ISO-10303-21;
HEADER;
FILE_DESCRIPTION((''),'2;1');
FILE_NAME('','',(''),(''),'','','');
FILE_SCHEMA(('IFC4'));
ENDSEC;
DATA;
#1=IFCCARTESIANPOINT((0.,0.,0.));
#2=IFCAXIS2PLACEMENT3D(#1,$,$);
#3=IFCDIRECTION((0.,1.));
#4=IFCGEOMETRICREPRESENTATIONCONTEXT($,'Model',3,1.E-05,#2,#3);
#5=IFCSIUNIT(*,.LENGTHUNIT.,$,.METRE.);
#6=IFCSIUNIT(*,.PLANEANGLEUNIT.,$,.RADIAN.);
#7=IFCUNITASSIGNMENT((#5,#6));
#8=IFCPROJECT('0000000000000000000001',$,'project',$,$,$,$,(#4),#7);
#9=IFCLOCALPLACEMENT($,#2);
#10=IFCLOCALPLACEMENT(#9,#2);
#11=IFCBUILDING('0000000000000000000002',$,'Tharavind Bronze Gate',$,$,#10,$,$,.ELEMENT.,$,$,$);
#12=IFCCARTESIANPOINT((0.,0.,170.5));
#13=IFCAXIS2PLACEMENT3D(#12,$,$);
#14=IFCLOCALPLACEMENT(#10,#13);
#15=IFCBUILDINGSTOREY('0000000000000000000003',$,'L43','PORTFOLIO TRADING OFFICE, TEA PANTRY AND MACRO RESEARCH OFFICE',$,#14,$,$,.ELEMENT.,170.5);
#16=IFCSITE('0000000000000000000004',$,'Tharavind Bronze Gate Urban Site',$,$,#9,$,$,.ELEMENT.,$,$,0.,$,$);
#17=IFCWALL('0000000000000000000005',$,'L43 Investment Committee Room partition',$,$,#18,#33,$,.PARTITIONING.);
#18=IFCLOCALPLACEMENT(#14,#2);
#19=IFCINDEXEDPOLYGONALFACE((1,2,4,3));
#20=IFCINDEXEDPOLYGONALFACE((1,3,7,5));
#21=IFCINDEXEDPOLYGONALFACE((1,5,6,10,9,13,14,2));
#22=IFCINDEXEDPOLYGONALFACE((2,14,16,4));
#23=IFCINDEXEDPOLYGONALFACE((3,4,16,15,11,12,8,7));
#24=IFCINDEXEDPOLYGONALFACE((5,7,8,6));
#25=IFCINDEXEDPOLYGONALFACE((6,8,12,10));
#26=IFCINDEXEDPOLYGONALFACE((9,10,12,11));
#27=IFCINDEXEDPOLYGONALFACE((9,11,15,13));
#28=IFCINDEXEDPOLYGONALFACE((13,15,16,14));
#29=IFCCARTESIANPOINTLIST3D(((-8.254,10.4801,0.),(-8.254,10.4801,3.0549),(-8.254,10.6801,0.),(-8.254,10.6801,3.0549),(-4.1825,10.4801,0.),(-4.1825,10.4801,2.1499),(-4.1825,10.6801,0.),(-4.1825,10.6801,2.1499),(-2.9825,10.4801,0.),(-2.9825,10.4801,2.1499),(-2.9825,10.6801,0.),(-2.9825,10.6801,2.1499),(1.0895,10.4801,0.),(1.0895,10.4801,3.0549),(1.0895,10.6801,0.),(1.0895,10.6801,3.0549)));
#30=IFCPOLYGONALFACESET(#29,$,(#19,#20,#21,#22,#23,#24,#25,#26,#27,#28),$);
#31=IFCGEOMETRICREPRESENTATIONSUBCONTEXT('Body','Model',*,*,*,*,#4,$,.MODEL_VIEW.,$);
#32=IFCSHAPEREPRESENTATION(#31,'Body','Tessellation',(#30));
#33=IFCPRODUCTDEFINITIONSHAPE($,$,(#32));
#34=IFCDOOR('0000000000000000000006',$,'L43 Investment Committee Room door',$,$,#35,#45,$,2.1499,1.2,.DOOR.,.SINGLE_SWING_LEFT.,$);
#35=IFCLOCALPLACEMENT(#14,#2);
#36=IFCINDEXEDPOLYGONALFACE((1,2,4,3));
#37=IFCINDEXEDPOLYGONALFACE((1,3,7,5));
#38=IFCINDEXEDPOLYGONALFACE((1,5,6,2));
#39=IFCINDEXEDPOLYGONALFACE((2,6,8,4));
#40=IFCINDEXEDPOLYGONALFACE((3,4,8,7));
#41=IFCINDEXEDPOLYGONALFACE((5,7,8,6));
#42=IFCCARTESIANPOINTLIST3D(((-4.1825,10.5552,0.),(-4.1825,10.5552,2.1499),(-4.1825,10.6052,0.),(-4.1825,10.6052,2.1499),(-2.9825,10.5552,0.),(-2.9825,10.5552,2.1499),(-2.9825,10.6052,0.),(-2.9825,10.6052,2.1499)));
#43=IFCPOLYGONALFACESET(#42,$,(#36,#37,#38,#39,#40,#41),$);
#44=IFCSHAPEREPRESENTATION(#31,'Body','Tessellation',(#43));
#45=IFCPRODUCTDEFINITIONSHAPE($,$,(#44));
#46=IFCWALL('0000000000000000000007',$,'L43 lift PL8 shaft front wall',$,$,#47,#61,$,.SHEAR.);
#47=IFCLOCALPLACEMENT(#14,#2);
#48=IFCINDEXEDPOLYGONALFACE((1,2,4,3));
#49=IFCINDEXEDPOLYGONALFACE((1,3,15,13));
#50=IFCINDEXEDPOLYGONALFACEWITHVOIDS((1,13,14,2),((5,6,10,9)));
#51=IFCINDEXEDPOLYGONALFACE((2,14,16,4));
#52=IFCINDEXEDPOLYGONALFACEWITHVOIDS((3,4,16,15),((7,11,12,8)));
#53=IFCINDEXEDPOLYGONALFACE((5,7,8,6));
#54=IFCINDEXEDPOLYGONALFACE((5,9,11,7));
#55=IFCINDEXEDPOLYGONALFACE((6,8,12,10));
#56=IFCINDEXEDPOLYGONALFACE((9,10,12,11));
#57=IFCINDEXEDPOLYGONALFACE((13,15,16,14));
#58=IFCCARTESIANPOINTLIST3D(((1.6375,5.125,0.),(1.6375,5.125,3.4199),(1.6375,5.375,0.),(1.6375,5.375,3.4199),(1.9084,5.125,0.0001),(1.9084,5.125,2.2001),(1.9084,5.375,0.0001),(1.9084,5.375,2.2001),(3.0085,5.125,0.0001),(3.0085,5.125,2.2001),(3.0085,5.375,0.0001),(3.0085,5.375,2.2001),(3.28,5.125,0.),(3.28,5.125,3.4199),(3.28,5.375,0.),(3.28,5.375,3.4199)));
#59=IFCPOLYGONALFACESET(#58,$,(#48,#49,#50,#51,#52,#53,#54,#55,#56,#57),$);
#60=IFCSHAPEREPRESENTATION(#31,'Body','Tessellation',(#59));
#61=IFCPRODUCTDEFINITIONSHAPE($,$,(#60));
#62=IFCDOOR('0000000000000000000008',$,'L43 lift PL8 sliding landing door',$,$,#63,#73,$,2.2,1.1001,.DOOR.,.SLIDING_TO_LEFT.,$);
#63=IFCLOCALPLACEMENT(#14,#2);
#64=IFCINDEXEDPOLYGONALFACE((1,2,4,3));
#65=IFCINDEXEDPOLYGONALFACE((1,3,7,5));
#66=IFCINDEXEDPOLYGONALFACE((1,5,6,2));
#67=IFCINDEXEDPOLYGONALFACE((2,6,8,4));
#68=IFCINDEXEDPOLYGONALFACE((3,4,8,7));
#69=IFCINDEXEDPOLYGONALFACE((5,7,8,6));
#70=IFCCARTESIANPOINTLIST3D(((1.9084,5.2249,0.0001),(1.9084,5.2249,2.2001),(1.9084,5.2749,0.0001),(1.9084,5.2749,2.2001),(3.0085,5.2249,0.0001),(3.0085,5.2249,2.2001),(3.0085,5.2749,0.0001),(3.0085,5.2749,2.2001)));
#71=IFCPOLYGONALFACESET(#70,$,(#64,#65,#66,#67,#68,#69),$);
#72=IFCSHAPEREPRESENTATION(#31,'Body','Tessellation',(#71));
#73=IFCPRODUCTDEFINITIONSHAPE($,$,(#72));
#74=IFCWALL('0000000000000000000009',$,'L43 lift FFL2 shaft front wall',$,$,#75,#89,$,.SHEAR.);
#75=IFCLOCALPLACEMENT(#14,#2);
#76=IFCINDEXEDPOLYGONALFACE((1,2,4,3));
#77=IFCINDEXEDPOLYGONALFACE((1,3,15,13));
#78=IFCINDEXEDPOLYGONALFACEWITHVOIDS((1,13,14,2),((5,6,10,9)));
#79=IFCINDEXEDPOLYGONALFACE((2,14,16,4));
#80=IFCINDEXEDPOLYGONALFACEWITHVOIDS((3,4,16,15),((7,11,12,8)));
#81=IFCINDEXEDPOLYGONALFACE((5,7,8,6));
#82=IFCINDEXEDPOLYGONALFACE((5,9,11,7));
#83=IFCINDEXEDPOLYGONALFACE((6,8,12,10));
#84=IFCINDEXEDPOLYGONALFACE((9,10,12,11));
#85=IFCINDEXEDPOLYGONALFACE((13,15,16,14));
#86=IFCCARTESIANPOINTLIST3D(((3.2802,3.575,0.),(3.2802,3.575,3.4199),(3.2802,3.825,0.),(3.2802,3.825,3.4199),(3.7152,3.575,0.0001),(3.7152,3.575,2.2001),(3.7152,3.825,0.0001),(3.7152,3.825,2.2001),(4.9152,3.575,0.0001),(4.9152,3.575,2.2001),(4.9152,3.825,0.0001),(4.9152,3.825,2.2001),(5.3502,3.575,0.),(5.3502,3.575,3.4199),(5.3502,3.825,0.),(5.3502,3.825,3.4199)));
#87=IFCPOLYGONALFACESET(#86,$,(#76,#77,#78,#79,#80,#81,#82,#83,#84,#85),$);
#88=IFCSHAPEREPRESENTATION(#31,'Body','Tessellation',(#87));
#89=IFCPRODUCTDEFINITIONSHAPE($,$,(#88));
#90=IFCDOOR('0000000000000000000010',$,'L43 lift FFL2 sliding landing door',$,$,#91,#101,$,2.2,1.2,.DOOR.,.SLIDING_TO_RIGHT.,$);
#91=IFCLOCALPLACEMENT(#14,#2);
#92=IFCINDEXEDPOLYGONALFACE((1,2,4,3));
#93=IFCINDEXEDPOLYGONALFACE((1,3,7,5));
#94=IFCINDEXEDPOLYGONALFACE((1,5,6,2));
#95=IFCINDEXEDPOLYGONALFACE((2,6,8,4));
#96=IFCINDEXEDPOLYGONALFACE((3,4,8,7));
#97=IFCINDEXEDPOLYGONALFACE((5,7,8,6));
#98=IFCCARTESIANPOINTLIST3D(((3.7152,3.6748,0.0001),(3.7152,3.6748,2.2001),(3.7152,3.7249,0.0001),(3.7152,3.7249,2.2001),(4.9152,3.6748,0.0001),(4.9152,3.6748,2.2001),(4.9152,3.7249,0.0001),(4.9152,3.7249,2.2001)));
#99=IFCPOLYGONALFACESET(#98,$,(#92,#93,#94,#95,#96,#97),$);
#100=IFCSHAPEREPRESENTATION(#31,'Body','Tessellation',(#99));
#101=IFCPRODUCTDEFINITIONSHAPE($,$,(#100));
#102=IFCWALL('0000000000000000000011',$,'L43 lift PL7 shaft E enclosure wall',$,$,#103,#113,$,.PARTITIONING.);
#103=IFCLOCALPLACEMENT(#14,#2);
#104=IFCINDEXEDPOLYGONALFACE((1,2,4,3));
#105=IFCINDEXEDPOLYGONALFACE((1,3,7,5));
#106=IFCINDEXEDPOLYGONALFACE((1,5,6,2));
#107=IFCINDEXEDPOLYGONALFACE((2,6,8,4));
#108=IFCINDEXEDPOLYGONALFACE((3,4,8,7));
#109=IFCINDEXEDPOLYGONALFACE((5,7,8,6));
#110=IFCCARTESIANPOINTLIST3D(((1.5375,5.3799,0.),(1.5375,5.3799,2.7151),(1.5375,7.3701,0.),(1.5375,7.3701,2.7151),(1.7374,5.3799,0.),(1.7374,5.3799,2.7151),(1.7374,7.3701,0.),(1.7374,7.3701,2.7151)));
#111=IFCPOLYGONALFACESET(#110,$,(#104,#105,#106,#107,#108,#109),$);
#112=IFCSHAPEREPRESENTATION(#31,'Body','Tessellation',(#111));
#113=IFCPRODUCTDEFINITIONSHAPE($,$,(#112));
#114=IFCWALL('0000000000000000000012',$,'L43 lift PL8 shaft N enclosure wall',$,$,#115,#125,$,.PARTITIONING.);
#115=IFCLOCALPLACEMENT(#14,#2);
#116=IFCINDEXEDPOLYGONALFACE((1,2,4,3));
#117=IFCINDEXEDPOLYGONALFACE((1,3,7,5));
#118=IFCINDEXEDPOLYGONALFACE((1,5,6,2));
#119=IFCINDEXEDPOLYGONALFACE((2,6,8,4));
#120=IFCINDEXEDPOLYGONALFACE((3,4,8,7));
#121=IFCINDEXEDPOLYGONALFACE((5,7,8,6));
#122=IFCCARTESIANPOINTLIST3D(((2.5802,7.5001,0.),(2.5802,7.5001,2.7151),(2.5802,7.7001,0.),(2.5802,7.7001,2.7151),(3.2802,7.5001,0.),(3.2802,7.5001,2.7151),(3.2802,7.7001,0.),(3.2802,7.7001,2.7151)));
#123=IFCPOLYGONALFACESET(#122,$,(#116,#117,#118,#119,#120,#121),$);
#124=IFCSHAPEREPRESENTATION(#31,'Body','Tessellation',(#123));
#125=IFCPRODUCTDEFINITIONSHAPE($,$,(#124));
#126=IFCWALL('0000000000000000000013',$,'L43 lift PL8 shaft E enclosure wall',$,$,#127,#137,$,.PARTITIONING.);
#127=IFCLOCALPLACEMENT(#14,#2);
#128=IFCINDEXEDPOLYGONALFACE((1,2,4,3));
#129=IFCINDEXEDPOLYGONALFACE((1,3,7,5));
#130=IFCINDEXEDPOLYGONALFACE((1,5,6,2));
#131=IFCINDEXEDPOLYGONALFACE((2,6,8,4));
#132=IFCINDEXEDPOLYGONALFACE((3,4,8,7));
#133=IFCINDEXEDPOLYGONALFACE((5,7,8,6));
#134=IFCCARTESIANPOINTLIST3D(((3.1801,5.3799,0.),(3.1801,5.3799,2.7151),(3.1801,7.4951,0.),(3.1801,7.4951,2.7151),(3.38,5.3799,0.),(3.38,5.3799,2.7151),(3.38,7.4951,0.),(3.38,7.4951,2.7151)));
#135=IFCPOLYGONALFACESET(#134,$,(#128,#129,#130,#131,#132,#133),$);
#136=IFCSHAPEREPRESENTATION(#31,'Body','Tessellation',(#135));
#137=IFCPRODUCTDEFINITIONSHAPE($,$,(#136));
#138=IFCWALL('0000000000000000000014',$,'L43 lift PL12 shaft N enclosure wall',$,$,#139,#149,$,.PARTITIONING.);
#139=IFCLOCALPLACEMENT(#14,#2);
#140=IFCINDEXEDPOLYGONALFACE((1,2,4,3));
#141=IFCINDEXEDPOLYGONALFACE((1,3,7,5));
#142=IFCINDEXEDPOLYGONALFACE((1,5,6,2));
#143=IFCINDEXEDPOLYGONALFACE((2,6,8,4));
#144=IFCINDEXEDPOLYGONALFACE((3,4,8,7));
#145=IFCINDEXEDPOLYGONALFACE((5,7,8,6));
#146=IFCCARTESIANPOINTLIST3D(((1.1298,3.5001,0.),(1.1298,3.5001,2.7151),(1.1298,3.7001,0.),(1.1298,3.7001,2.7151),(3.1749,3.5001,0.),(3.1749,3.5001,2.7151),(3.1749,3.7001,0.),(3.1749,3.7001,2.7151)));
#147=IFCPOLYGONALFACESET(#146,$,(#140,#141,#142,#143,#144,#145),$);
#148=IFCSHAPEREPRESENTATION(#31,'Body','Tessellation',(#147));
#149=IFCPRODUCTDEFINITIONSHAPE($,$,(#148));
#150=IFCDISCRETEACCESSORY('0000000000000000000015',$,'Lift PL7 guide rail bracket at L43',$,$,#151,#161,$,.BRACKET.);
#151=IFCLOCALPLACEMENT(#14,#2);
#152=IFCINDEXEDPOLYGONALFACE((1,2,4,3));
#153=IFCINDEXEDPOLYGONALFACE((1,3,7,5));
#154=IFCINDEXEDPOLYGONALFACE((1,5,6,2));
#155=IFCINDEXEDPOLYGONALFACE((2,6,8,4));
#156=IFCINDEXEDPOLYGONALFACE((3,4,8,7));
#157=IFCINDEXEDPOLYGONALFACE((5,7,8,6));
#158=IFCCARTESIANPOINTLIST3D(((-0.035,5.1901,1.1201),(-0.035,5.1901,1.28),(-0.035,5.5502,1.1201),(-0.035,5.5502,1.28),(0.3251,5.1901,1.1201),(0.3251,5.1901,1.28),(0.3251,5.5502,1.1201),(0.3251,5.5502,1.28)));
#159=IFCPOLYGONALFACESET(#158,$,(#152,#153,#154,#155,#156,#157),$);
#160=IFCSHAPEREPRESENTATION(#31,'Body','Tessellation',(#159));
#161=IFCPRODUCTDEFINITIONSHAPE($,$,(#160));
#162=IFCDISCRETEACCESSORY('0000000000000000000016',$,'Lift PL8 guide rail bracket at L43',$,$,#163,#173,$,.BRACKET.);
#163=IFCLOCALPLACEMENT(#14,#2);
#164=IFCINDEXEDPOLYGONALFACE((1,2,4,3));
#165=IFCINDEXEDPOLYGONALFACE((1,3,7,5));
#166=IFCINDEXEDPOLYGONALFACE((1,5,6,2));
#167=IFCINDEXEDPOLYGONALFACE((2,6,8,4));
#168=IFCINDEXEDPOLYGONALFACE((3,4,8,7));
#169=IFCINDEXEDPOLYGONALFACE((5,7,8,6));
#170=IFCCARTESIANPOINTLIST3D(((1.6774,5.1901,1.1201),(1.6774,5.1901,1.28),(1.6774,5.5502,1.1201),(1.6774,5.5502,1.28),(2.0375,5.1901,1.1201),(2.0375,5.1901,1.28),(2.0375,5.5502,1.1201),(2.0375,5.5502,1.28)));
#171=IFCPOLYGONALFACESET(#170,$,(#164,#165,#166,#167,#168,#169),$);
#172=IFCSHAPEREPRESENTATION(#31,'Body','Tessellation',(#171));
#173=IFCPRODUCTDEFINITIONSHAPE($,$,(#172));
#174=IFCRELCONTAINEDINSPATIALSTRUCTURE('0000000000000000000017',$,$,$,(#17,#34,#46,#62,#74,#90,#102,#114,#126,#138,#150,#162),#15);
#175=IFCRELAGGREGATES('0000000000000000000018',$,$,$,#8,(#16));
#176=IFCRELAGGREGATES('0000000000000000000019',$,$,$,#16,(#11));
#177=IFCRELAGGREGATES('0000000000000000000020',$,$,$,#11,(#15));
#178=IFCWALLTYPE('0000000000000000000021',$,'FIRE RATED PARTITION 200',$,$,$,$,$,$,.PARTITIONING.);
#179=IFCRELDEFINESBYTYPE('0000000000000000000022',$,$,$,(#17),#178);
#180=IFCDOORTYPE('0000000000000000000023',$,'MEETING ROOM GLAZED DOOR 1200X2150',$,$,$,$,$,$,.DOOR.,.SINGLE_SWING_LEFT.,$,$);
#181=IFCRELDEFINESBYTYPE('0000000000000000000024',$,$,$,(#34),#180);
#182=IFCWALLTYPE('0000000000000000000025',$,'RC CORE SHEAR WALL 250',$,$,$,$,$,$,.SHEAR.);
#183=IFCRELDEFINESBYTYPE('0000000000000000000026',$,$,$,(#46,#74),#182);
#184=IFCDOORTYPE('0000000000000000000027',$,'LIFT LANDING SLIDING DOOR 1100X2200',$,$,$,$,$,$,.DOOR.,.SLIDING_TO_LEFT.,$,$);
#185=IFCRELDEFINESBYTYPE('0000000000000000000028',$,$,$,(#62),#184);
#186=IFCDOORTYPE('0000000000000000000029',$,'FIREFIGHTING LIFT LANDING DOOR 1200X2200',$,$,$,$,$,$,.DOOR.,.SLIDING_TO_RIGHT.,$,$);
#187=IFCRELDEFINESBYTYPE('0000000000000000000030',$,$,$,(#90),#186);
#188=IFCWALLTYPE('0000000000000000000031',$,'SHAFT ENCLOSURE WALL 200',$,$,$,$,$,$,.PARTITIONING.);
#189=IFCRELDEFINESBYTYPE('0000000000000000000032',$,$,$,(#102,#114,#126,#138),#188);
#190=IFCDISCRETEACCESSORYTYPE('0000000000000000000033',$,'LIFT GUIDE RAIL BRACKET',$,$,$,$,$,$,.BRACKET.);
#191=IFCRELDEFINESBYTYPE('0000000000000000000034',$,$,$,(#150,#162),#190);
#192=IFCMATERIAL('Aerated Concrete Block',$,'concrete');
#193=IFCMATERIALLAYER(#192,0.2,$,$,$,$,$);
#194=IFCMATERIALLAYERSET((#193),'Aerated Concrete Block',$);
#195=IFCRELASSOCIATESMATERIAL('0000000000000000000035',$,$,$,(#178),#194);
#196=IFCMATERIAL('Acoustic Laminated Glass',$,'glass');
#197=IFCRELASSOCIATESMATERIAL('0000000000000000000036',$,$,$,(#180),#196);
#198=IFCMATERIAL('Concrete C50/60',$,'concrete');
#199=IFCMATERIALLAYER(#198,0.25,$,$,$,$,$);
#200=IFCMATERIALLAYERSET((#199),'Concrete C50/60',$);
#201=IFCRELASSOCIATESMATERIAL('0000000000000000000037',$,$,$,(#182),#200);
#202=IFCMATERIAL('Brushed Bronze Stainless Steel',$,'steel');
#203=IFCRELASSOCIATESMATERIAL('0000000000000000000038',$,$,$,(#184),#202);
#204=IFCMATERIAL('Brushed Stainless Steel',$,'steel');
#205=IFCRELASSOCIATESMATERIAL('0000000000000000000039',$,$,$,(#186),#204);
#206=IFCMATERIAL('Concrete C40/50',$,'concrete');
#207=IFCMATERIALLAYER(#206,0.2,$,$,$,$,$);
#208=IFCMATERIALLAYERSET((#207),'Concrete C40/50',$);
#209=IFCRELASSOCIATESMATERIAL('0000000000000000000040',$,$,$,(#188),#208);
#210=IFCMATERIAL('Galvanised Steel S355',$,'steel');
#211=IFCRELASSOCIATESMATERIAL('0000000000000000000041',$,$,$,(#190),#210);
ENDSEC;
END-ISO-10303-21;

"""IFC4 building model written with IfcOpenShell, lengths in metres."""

from ifc_helpers import new_model, si_unit, direction, frame, frame_2d, origin, origin_2d, place, context, subcontext, project, spatial, rectangle, extrude, material, layer, layer_set, type_object, element, fill, save


model = new_model("IFC4")

# Units and contexts
model_context = context("Model", 3, precision=1e-05, world=origin(), true_north=direction((0.0, 1.0)))
body_context = subcontext(model_context, "Body", "Model", "MODEL_VIEW")
ifc_project = project(units=[si_unit("LENGTHUNIT", "METRE"), si_unit("PLANEANGLEUNIT", "RADIAN")], contexts=[model_context])

# Site, building, storey
site_placement = place(None, origin())
site = spatial("IfcSite", under=ifc_project, at=site_placement, Name="Tharavind Bronze Gate Urban Site", CompositionType="ELEMENT", RefElevation=0.0)
building_placement = place(site_placement, origin())
building = spatial("IfcBuilding", under=site, at=building_placement, Name="Tharavind Bronze Gate", CompositionType="ELEMENT")
storey_placement = place(building_placement, frame((0.0, 0.0, 170.5)))
storey = spatial("IfcBuildingStorey", under=building, at=storey_placement, Name="L43", Description="PORTFOLIO TRADING OFFICE, TEA PANTRY AND MACRO RESEARCH OFFICE", CompositionType="ELEMENT", Elevation=170.5)

# Shared definitions
ifc_material_1 = material(Name="Aerated Concrete Block", Category="concrete")
ifc_layer_1 = layer(ifc_material_1, 0.2)
ifc_layer_set_1 = layer_set([ifc_layer_1], Name="Aerated Concrete Block")
wall_type_1 = type_object("IfcWallType", Name="FIRE RATED PARTITION 200", PredefinedType="PARTITIONING", material=ifc_layer_set_1)

# Walls, openings, doors
wall_1_placement = place(storey_placement, frame((1.0896, 10.5801, 0.0), z_axis=(0.0, 0.0, 1.0), x_axis=(-1.0, 0.0, 0.0)))
wall_1 = element("IfcWall", 1, at=wall_1_placement, inside=storey, type_object=wall_type_1, Name="L43 Investment Committee Room partition", PredefinedType="PARTITIONING", context=body_context, shape_type="SweptSolid", body=[
    extrude(rectangle(XDim=9.3435, YDim=0.2, at=frame_2d((4.6719, 0.0))), origin(), (0.0, 0.0, 1.0), 3.0549),
])
opening_1_placement = place(wall_1_placement, frame((4.072, 0.0, 0.0)))
opening_1 = element("IfcOpeningElement", 2, at=opening_1_placement, cuts=wall_1, PredefinedType="OPENING", context=body_context, shape_type="SweptSolid", body=[
    extrude(rectangle(XDim=1.2, YDim=2.1499, at=frame_2d((0.6001, 1.075))), frame((0.0, 0.1101, 0.0), z_axis=(0.0, -1.0, 0.0), x_axis=(1.0, 0.0, 0.0)), (0.0, 0.0, 1.0), 0.22),
])
ifc_material_2 = material(Name="Acoustic Laminated Glass", Category="glass")
door_type_1 = type_object("IfcDoorType", Name="MEETING ROOM GLAZED DOOR 1200X2150", OperationType="SINGLE_SWING_LEFT", PredefinedType="DOOR", material=ifc_material_2)
door_1_placement = place(opening_1_placement, origin())
door_1 = element("IfcDoor", 3, at=door_1_placement, inside=storey, type_object=door_type_1, Name="L43 Investment Committee Room door", OperationType="SINGLE_SWING_LEFT", OverallHeight=2.1499, OverallWidth=1.2, PredefinedType="DOOR", context=body_context, shape_type="SweptSolid", body=[
    extrude(rectangle(XDim=1.2, YDim=2.1499, at=frame_2d((0.6001, 1.075))), frame((0.0, 0.0249, 0.0), z_axis=(0.0, -1.0, 0.0), x_axis=(1.0, 0.0, 0.0)), (0.0, 0.0, 1.0), 0.05),
])
fill(opening_1, door_1)
ifc_material_3 = material(Name="Concrete C50/60", Category="concrete")
ifc_layer_2 = layer(ifc_material_3, 0.25)
ifc_layer_set_2 = layer_set([ifc_layer_2], Name="Concrete C50/60")
wall_type_2 = type_object("IfcWallType", Name="RC CORE SHEAR WALL 250", PredefinedType="SHEAR", material=ifc_layer_set_2)
wall_2_placement = place(storey_placement, frame((1.6375, 5.25, 0.0), z_axis=(0.0, 0.0, 1.0), x_axis=(1.0, 0.0, 0.0)))
wall_2 = element("IfcWall", 4, at=wall_2_placement, inside=storey, type_object=wall_type_2, Name="L43 lift PL8 shaft front wall", PredefinedType="SHEAR", context=body_context, shape_type="SweptSolid", body=[
    extrude(rectangle(XDim=1.6426, YDim=0.25, at=frame_2d((0.8213, 0.0))), origin(), (0.0, 0.0, 1.0), 3.4199),
])
opening_2_placement = place(wall_2_placement, frame((0.271, 0.0, 0.0)))
opening_2 = element("IfcOpeningElement", 5, at=opening_2_placement, cuts=wall_2, PredefinedType="OPENING", context=body_context, shape_type="SweptSolid", body=[
    extrude(rectangle(XDim=1.1001, YDim=2.2, at=frame_2d((0.55, 1.1001))), frame((0.0, 0.135, 0.0), z_axis=(0.0, -1.0, 0.0), x_axis=(1.0, 0.0, 0.0)), (0.0, 0.0, 1.0), 0.27),
])
ifc_material_4 = material(Name="Brushed Bronze Stainless Steel", Category="steel")
door_type_2 = type_object("IfcDoorType", Name="LIFT LANDING SLIDING DOOR 1100X2200", OperationType="SLIDING_TO_LEFT", PredefinedType="DOOR", material=ifc_material_4)
door_2_placement = place(opening_2_placement, origin())
door_2 = element("IfcDoor", 6, at=door_2_placement, inside=storey, type_object=door_type_2, Name="L43 lift PL8 sliding landing door", OperationType="SLIDING_TO_LEFT", OverallHeight=2.2, OverallWidth=1.1001, PredefinedType="DOOR", context=body_context, shape_type="SweptSolid", body=[
    extrude(rectangle(XDim=1.1001, YDim=2.2, at=frame_2d((0.55, 1.1001))), frame((0.0, 0.0249, 0.0), z_axis=(0.0, -1.0, 0.0), x_axis=(1.0, 0.0, 0.0)), (0.0, 0.0, 1.0), 0.05),
])
fill(opening_2, door_2)
wall_3_placement = place(storey_placement, frame((3.28, 3.7, 0.0), z_axis=(0.0, 0.0, 1.0), x_axis=(1.0, 0.0, 0.0)))
wall_3 = element("IfcWall", 7, at=wall_3_placement, inside=storey, type_object=wall_type_2, Name="L43 lift FFL2 shaft front wall", PredefinedType="SHEAR", context=body_context, shape_type="SweptSolid", body=[
    extrude(rectangle(XDim=2.0701, YDim=0.25, at=frame_2d((1.0352, 0.0))), origin(), (0.0, 0.0, 1.0), 3.4199),
])
opening_3_placement = place(wall_3_placement, frame((0.4351, 0.0, 0.0)))
opening_3 = element("IfcOpeningElement", 8, at=opening_3_placement, cuts=wall_3, PredefinedType="OPENING", context=body_context, shape_type="SweptSolid", body=[
    extrude(rectangle(XDim=1.2, YDim=2.2, at=frame_2d((0.6001, 1.1001))), frame((0.0, 0.135, 0.0), z_axis=(0.0, -1.0, 0.0), x_axis=(1.0, 0.0, 0.0)), (0.0, 0.0, 1.0), 0.27),
])
ifc_material_5 = material(Name="Brushed Stainless Steel", Category="steel")
door_type_3 = type_object("IfcDoorType", Name="FIREFIGHTING LIFT LANDING DOOR 1200X2200", OperationType="SLIDING_TO_RIGHT", PredefinedType="DOOR", material=ifc_material_5)
door_3_placement = place(opening_3_placement, origin())
door_3 = element("IfcDoor", 9, at=door_3_placement, inside=storey, type_object=door_type_3, Name="L43 lift FFL2 sliding landing door", OperationType="SLIDING_TO_RIGHT", OverallHeight=2.2, OverallWidth=1.2, PredefinedType="DOOR", context=body_context, shape_type="SweptSolid", body=[
    extrude(rectangle(XDim=1.2, YDim=2.2, at=frame_2d((0.6001, 1.1001))), frame((0.0, 0.0249, 0.0), z_axis=(0.0, -1.0, 0.0), x_axis=(1.0, 0.0, 0.0)), (0.0, 0.0, 1.0), 0.05),
])
fill(opening_3, door_3)

# Walls
ifc_material_6 = material(Name="Concrete C40/50", Category="concrete")
ifc_layer_3 = layer(ifc_material_6, 0.2)
ifc_layer_set_3 = layer_set([ifc_layer_3], Name="Concrete C40/50")
wall_type_3 = type_object("IfcWallType", Name="SHAFT ENCLOSURE WALL 200", PredefinedType="PARTITIONING", material=ifc_layer_set_3)
wall_4_placement = place(storey_placement, frame((1.6375, 5.3799, 0.0), z_axis=(0.0, 0.0, 1.0), x_axis=(0.0, 1.0, 0.0)))
element("IfcWall", 10, at=wall_4_placement, inside=storey, type_object=wall_type_3, Name="L43 lift PL7 shaft E enclosure wall", PredefinedType="PARTITIONING", context=body_context, shape_type="SweptSolid", body=[
    extrude(rectangle(XDim=1.9902, YDim=0.2, at=frame_2d((0.9951, 0.0))), origin(), (0.0, 0.0, 1.0), 2.7151),
])
wall_5_placement = place(storey_placement, frame((2.5801, 7.6001, 0.0), z_axis=(0.0, 0.0, 1.0), x_axis=(1.0, 0.0, 0.0)))
element("IfcWall", 11, at=wall_5_placement, inside=storey, type_object=wall_type_3, Name="L43 lift PL8 shaft N enclosure wall", PredefinedType="PARTITIONING", context=body_context, shape_type="SweptSolid", body=[
    extrude(rectangle(XDim=0.7, YDim=0.2, at=frame_2d((0.3501, 0.0))), origin(), (0.0, 0.0, 1.0), 2.7151),
])
wall_6_placement = place(storey_placement, frame((3.28, 5.3799, 0.0), z_axis=(0.0, 0.0, 1.0), x_axis=(0.0, 1.0, 0.0)))
element("IfcWall", 12, at=wall_6_placement, inside=storey, type_object=wall_type_3, Name="L43 lift PL8 shaft E enclosure wall", PredefinedType="PARTITIONING", context=body_context, shape_type="SweptSolid", body=[
    extrude(rectangle(XDim=2.1152, YDim=0.2, at=frame_2d((1.0576, 0.0))), origin(), (0.0, 0.0, 1.0), 2.7151),
])
wall_7_placement = place(storey_placement, frame((1.1299, 3.6001, 0.0), z_axis=(0.0, 0.0, 1.0), x_axis=(1.0, 0.0, 0.0)))
element("IfcWall", 13, at=wall_7_placement, inside=storey, type_object=wall_type_3, Name="L43 lift PL12 shaft N enclosure wall", PredefinedType="PARTITIONING", context=body_context, shape_type="SweptSolid", body=[
    extrude(rectangle(XDim=2.0452, YDim=0.2, at=frame_2d((1.0225, 0.0))), origin(), (0.0, 0.0, 1.0), 2.7151),
])

# Discrete accessories
ifc_material_7 = material(Name="Galvanised Steel S355", Category="steel")
discrete_accessory_type = type_object("IfcDiscreteAccessoryType", Name="LIFT GUIDE RAIL BRACKET", PredefinedType="BRACKET", material=ifc_material_7)
for number, where, z_axis, x_axis, name in (
    (14, (0.145, 5.3701, 1.1201), (0.0, 0.0, 1.0), (1.0, 0.0, 0.0), "Lift PL7 guide rail bracket at L43"),
    (15, (1.8574, 5.3701, 1.1201), (0.0, 0.0, 1.0), (1.0, 0.0, 0.0), "Lift PL8 guide rail bracket at L43"),
):
    element("IfcDiscreteAccessory", number, at=place(storey_placement, frame(where, z_axis=z_axis, x_axis=x_axis)), inside=storey, type_object=discrete_accessory_type, Name=name, PredefinedType="BRACKET", context=body_context, shape_type="SweptSolid", body=[
        extrude(rectangle(XDim=0.3601, YDim=0.3601, at=origin_2d()), origin(), (0.0, 0.0, 1.0), 0.1599),
    ])

save(model, "model.ifc")
